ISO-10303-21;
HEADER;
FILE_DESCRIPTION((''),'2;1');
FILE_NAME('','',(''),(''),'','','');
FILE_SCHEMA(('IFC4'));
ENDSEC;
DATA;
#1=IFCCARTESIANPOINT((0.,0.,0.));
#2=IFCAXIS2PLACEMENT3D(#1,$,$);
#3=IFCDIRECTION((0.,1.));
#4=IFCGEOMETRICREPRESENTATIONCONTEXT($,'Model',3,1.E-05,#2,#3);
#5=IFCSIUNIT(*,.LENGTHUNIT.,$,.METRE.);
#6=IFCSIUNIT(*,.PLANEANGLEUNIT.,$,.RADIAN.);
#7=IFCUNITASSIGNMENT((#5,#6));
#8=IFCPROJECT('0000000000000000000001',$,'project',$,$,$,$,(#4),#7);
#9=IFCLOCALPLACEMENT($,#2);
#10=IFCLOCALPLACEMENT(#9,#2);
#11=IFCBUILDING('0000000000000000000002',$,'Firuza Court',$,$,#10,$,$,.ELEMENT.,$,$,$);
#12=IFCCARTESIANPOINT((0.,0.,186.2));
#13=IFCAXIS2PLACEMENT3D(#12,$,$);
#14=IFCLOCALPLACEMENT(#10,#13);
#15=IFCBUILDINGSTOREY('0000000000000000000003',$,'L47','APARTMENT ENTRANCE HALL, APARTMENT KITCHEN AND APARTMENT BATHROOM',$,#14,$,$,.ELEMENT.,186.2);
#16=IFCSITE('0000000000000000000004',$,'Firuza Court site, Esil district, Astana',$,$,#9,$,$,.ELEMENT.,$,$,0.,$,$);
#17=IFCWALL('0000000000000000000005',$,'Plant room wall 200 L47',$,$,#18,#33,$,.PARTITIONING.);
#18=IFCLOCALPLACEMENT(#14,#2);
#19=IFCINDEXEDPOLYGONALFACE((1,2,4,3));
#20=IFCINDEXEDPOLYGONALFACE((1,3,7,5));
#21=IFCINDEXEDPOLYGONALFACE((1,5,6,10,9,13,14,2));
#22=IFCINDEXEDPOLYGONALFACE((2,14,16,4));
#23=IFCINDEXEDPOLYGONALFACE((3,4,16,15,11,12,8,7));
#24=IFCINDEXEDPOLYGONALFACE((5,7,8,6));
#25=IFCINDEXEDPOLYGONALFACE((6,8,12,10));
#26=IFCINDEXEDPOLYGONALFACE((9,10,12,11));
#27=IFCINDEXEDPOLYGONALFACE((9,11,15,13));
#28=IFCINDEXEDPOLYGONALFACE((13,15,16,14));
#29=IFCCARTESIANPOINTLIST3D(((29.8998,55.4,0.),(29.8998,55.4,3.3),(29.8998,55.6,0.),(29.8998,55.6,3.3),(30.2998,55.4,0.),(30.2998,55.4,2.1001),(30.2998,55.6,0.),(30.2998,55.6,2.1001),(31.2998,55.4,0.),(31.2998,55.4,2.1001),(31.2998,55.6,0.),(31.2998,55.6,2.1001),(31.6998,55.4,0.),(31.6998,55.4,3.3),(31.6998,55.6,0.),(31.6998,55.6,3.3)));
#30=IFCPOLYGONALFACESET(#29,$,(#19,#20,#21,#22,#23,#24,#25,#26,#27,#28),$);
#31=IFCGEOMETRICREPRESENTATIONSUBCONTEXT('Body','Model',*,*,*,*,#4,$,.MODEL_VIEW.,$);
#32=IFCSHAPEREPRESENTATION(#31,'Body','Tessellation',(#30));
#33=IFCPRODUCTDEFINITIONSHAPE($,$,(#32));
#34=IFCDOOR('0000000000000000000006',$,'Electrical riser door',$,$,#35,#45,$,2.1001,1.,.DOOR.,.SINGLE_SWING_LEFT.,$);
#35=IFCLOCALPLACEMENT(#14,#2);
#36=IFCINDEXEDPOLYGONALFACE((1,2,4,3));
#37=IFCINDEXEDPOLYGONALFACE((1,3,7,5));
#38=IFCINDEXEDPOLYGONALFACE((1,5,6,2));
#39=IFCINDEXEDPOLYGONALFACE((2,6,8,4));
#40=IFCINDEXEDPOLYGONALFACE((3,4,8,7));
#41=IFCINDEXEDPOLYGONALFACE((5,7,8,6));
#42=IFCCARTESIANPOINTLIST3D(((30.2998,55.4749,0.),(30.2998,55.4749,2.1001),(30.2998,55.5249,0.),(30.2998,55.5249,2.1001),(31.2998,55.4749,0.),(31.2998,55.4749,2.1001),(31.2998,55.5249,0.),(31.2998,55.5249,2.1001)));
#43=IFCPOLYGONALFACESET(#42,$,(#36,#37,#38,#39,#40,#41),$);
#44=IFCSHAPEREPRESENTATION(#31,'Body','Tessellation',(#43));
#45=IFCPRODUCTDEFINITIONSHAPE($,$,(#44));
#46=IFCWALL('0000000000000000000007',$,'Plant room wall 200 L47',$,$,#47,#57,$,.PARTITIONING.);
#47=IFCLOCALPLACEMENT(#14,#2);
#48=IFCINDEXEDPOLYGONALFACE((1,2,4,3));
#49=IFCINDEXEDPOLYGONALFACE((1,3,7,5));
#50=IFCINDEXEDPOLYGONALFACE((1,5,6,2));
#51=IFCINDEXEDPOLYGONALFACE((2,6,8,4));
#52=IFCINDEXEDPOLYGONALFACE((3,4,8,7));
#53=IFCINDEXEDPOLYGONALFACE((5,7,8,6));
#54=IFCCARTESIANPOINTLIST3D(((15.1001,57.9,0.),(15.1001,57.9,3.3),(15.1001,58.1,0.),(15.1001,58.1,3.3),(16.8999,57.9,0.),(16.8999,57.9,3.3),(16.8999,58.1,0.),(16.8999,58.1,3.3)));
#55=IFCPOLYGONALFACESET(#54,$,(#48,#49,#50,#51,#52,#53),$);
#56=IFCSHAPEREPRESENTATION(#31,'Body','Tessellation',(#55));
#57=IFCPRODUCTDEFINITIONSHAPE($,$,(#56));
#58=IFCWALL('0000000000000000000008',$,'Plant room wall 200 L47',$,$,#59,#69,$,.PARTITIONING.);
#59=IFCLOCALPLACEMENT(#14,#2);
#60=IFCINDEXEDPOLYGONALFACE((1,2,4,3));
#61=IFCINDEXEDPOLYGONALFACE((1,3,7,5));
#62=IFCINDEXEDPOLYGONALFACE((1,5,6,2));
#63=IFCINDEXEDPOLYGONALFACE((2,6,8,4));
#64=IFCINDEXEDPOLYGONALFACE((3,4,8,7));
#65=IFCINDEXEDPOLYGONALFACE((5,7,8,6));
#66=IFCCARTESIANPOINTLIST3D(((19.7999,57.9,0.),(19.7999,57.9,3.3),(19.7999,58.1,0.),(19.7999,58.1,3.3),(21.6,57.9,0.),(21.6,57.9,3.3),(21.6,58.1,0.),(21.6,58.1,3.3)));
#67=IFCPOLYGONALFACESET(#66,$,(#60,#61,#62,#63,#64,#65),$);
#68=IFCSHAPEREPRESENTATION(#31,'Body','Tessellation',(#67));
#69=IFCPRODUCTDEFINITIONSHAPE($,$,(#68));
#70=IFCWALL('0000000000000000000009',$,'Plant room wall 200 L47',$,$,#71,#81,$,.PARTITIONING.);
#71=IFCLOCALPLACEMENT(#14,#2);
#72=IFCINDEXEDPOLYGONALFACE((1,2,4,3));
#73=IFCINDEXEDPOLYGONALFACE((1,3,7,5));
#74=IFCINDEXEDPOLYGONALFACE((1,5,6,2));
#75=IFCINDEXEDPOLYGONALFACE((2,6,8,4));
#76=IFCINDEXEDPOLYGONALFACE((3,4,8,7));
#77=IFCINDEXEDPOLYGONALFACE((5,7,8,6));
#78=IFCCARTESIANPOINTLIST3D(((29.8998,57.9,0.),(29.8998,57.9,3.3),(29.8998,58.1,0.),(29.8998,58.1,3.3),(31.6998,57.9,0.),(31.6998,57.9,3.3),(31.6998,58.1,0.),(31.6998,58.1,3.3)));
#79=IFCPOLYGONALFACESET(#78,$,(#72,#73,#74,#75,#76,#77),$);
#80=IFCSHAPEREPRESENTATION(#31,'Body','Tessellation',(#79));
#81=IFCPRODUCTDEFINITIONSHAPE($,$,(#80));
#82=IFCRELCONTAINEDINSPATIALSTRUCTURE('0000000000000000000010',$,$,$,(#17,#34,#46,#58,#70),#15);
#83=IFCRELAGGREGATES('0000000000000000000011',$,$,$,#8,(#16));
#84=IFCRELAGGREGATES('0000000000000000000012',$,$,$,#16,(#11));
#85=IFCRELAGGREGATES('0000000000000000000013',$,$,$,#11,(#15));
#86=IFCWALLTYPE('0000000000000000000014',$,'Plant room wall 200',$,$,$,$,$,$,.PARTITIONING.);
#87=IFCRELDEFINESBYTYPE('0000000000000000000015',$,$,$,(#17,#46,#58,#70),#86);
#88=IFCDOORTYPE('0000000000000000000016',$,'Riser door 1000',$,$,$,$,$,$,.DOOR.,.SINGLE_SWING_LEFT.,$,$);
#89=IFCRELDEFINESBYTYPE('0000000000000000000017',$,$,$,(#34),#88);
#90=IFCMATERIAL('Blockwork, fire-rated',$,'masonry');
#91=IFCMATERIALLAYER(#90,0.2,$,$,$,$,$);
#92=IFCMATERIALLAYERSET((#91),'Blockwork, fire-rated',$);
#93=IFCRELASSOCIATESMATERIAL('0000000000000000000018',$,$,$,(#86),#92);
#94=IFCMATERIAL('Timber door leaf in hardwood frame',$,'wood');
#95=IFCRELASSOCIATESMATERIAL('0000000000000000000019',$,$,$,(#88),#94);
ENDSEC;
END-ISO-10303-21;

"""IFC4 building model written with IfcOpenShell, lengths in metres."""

from ifc_helpers import new_model, si_unit, direction, frame, frame_2d, origin, place, context, subcontext, project, spatial, rectangle, extrude, material, layer, layer_set, type_object, element, fill, save


model = new_model("IFC4")

# Units and contexts
model_context = context("Model", 3, precision=1e-05, world=origin(), true_north=direction((0.0, 1.0)))
body_context = subcontext(model_context, "Body", "Model", "MODEL_VIEW")
ifc_project = project(units=[si_unit("LENGTHUNIT", "METRE"), si_unit("PLANEANGLEUNIT", "RADIAN")], contexts=[model_context])

# Site, building, storey
site_placement = place(None, origin())
site = spatial("IfcSite", under=ifc_project, at=site_placement, Name="Firuza Court site, Esil district, Astana", CompositionType="ELEMENT", RefElevation=0.0)
building_placement = place(site_placement, origin())
building = spatial("IfcBuilding", under=site, at=building_placement, Name="Firuza Court", CompositionType="ELEMENT")
storey_placement = place(building_placement, frame((0.0, 0.0, 186.2)))
storey = spatial("IfcBuildingStorey", under=building, at=storey_placement, Name="L47", Description="APARTMENT ENTRANCE HALL, APARTMENT KITCHEN AND APARTMENT BATHROOM", CompositionType="ELEMENT", Elevation=186.2)

# Shared definitions
ifc_material_1 = material(Name="Blockwork, fire-rated", Category="masonry")
ifc_layer_1 = layer(ifc_material_1, 0.2)
ifc_layer_set_1 = layer_set([ifc_layer_1], Name="Blockwork, fire-rated")
wall_type_1 = type_object("IfcWallType", Name="Plant room wall 200", PredefinedType="PARTITIONING", material=ifc_layer_set_1)
ifc_material_2 = material(Name="Timber door leaf in hardwood frame", Category="wood")
door_type = type_object("IfcDoorType", Name="Riser door 1000", OperationType="SINGLE_SWING_LEFT", PredefinedType="DOOR", material=ifc_material_2)

# Wall, opening, door
wall_1_placement = place(storey_placement, frame((29.8999, 55.5, 0.0), z_axis=(0.0, 0.0, 1.0), x_axis=(1.0, 0.0, 0.0)))
wall_1 = element("IfcWall", 1, at=wall_1_placement, inside=storey, type_object=wall_type_1, Name="Plant room wall 200 L47", PredefinedType="PARTITIONING", context=body_context, shape_type="SweptSolid", body=[
    extrude(rectangle(XDim=1.8, YDim=0.2, at=frame_2d((0.8999, 0.0))), origin(), (0.0, 0.0, 1.0), 3.3),
])
opening_1_placement = place(wall_1_placement, frame((0.3999, 0.0, 0.0)))
opening_1 = element("IfcOpeningElement", 2, at=opening_1_placement, cuts=wall_1, PredefinedType="OPENING", context=body_context, shape_type="SweptSolid", body=[
    extrude(rectangle(XDim=1.0, YDim=2.1001, at=frame_2d((0.5, 1.05))), frame((0.0, 0.1118, 0.0), z_axis=(0.0, -1.0, 0.0), x_axis=(1.0, 0.0, 0.0)), (0.0, 0.0, 1.0), 0.2239),
])
door_1_placement = place(opening_1_placement, origin())
door_1 = element("IfcDoor", 3, at=door_1_placement, inside=storey, type_object=door_type, Name="Electrical riser door", OperationType="SINGLE_SWING_LEFT", OverallHeight=2.1001, OverallWidth=1.0, PredefinedType="DOOR", context=body_context, shape_type="SweptSolid", body=[
    extrude(rectangle(XDim=1.0, YDim=2.1001, at=frame_2d((0.5, 1.05))), frame((0.0, 0.0249, 0.0), z_axis=(0.0, -1.0, 0.0), x_axis=(1.0, 0.0, 0.0)), (0.0, 0.0, 1.0), 0.05),
])
fill(opening_1, door_1)

# Walls
wall_2_placement = place(storey_placement, frame((15.1001, 58.0, 0.0), z_axis=(0.0, 0.0, 1.0), x_axis=(1.0, 0.0, 0.0)))
element("IfcWall", 4, at=wall_2_placement, inside=storey, type_object=wall_type_1, Name="Plant room wall 200 L47", PredefinedType="PARTITIONING", context=body_context, shape_type="SweptSolid", body=[
    extrude(rectangle(XDim=1.7998, YDim=0.2, at=frame_2d((0.8999, 0.0))), origin(), (0.0, 0.0, 1.0), 3.3),
])
for number, where, z_axis, x_axis, name in (
    (5, (19.8, 58.0, 0.0), (0.0, 0.0, 1.0), (1.0, 0.0, 0.0), "Plant room wall 200 L47"),
    (6, (29.8999, 58.0, 0.0), (0.0, 0.0, 1.0), (1.0, 0.0, 0.0), "Plant room wall 200 L47"),
):
    element("IfcWall", number, at=place(storey_placement, frame(where, z_axis=z_axis, x_axis=x_axis)), inside=storey, type_object=wall_type_1, Name=name, PredefinedType="PARTITIONING", context=body_context, shape_type="SweptSolid", body=[
        extrude(rectangle(XDim=1.8, YDim=0.2, at=frame_2d((0.8999, 0.0))), origin(), (0.0, 0.0, 1.0), 3.3),
    ])

save(model, "model.ifc")
